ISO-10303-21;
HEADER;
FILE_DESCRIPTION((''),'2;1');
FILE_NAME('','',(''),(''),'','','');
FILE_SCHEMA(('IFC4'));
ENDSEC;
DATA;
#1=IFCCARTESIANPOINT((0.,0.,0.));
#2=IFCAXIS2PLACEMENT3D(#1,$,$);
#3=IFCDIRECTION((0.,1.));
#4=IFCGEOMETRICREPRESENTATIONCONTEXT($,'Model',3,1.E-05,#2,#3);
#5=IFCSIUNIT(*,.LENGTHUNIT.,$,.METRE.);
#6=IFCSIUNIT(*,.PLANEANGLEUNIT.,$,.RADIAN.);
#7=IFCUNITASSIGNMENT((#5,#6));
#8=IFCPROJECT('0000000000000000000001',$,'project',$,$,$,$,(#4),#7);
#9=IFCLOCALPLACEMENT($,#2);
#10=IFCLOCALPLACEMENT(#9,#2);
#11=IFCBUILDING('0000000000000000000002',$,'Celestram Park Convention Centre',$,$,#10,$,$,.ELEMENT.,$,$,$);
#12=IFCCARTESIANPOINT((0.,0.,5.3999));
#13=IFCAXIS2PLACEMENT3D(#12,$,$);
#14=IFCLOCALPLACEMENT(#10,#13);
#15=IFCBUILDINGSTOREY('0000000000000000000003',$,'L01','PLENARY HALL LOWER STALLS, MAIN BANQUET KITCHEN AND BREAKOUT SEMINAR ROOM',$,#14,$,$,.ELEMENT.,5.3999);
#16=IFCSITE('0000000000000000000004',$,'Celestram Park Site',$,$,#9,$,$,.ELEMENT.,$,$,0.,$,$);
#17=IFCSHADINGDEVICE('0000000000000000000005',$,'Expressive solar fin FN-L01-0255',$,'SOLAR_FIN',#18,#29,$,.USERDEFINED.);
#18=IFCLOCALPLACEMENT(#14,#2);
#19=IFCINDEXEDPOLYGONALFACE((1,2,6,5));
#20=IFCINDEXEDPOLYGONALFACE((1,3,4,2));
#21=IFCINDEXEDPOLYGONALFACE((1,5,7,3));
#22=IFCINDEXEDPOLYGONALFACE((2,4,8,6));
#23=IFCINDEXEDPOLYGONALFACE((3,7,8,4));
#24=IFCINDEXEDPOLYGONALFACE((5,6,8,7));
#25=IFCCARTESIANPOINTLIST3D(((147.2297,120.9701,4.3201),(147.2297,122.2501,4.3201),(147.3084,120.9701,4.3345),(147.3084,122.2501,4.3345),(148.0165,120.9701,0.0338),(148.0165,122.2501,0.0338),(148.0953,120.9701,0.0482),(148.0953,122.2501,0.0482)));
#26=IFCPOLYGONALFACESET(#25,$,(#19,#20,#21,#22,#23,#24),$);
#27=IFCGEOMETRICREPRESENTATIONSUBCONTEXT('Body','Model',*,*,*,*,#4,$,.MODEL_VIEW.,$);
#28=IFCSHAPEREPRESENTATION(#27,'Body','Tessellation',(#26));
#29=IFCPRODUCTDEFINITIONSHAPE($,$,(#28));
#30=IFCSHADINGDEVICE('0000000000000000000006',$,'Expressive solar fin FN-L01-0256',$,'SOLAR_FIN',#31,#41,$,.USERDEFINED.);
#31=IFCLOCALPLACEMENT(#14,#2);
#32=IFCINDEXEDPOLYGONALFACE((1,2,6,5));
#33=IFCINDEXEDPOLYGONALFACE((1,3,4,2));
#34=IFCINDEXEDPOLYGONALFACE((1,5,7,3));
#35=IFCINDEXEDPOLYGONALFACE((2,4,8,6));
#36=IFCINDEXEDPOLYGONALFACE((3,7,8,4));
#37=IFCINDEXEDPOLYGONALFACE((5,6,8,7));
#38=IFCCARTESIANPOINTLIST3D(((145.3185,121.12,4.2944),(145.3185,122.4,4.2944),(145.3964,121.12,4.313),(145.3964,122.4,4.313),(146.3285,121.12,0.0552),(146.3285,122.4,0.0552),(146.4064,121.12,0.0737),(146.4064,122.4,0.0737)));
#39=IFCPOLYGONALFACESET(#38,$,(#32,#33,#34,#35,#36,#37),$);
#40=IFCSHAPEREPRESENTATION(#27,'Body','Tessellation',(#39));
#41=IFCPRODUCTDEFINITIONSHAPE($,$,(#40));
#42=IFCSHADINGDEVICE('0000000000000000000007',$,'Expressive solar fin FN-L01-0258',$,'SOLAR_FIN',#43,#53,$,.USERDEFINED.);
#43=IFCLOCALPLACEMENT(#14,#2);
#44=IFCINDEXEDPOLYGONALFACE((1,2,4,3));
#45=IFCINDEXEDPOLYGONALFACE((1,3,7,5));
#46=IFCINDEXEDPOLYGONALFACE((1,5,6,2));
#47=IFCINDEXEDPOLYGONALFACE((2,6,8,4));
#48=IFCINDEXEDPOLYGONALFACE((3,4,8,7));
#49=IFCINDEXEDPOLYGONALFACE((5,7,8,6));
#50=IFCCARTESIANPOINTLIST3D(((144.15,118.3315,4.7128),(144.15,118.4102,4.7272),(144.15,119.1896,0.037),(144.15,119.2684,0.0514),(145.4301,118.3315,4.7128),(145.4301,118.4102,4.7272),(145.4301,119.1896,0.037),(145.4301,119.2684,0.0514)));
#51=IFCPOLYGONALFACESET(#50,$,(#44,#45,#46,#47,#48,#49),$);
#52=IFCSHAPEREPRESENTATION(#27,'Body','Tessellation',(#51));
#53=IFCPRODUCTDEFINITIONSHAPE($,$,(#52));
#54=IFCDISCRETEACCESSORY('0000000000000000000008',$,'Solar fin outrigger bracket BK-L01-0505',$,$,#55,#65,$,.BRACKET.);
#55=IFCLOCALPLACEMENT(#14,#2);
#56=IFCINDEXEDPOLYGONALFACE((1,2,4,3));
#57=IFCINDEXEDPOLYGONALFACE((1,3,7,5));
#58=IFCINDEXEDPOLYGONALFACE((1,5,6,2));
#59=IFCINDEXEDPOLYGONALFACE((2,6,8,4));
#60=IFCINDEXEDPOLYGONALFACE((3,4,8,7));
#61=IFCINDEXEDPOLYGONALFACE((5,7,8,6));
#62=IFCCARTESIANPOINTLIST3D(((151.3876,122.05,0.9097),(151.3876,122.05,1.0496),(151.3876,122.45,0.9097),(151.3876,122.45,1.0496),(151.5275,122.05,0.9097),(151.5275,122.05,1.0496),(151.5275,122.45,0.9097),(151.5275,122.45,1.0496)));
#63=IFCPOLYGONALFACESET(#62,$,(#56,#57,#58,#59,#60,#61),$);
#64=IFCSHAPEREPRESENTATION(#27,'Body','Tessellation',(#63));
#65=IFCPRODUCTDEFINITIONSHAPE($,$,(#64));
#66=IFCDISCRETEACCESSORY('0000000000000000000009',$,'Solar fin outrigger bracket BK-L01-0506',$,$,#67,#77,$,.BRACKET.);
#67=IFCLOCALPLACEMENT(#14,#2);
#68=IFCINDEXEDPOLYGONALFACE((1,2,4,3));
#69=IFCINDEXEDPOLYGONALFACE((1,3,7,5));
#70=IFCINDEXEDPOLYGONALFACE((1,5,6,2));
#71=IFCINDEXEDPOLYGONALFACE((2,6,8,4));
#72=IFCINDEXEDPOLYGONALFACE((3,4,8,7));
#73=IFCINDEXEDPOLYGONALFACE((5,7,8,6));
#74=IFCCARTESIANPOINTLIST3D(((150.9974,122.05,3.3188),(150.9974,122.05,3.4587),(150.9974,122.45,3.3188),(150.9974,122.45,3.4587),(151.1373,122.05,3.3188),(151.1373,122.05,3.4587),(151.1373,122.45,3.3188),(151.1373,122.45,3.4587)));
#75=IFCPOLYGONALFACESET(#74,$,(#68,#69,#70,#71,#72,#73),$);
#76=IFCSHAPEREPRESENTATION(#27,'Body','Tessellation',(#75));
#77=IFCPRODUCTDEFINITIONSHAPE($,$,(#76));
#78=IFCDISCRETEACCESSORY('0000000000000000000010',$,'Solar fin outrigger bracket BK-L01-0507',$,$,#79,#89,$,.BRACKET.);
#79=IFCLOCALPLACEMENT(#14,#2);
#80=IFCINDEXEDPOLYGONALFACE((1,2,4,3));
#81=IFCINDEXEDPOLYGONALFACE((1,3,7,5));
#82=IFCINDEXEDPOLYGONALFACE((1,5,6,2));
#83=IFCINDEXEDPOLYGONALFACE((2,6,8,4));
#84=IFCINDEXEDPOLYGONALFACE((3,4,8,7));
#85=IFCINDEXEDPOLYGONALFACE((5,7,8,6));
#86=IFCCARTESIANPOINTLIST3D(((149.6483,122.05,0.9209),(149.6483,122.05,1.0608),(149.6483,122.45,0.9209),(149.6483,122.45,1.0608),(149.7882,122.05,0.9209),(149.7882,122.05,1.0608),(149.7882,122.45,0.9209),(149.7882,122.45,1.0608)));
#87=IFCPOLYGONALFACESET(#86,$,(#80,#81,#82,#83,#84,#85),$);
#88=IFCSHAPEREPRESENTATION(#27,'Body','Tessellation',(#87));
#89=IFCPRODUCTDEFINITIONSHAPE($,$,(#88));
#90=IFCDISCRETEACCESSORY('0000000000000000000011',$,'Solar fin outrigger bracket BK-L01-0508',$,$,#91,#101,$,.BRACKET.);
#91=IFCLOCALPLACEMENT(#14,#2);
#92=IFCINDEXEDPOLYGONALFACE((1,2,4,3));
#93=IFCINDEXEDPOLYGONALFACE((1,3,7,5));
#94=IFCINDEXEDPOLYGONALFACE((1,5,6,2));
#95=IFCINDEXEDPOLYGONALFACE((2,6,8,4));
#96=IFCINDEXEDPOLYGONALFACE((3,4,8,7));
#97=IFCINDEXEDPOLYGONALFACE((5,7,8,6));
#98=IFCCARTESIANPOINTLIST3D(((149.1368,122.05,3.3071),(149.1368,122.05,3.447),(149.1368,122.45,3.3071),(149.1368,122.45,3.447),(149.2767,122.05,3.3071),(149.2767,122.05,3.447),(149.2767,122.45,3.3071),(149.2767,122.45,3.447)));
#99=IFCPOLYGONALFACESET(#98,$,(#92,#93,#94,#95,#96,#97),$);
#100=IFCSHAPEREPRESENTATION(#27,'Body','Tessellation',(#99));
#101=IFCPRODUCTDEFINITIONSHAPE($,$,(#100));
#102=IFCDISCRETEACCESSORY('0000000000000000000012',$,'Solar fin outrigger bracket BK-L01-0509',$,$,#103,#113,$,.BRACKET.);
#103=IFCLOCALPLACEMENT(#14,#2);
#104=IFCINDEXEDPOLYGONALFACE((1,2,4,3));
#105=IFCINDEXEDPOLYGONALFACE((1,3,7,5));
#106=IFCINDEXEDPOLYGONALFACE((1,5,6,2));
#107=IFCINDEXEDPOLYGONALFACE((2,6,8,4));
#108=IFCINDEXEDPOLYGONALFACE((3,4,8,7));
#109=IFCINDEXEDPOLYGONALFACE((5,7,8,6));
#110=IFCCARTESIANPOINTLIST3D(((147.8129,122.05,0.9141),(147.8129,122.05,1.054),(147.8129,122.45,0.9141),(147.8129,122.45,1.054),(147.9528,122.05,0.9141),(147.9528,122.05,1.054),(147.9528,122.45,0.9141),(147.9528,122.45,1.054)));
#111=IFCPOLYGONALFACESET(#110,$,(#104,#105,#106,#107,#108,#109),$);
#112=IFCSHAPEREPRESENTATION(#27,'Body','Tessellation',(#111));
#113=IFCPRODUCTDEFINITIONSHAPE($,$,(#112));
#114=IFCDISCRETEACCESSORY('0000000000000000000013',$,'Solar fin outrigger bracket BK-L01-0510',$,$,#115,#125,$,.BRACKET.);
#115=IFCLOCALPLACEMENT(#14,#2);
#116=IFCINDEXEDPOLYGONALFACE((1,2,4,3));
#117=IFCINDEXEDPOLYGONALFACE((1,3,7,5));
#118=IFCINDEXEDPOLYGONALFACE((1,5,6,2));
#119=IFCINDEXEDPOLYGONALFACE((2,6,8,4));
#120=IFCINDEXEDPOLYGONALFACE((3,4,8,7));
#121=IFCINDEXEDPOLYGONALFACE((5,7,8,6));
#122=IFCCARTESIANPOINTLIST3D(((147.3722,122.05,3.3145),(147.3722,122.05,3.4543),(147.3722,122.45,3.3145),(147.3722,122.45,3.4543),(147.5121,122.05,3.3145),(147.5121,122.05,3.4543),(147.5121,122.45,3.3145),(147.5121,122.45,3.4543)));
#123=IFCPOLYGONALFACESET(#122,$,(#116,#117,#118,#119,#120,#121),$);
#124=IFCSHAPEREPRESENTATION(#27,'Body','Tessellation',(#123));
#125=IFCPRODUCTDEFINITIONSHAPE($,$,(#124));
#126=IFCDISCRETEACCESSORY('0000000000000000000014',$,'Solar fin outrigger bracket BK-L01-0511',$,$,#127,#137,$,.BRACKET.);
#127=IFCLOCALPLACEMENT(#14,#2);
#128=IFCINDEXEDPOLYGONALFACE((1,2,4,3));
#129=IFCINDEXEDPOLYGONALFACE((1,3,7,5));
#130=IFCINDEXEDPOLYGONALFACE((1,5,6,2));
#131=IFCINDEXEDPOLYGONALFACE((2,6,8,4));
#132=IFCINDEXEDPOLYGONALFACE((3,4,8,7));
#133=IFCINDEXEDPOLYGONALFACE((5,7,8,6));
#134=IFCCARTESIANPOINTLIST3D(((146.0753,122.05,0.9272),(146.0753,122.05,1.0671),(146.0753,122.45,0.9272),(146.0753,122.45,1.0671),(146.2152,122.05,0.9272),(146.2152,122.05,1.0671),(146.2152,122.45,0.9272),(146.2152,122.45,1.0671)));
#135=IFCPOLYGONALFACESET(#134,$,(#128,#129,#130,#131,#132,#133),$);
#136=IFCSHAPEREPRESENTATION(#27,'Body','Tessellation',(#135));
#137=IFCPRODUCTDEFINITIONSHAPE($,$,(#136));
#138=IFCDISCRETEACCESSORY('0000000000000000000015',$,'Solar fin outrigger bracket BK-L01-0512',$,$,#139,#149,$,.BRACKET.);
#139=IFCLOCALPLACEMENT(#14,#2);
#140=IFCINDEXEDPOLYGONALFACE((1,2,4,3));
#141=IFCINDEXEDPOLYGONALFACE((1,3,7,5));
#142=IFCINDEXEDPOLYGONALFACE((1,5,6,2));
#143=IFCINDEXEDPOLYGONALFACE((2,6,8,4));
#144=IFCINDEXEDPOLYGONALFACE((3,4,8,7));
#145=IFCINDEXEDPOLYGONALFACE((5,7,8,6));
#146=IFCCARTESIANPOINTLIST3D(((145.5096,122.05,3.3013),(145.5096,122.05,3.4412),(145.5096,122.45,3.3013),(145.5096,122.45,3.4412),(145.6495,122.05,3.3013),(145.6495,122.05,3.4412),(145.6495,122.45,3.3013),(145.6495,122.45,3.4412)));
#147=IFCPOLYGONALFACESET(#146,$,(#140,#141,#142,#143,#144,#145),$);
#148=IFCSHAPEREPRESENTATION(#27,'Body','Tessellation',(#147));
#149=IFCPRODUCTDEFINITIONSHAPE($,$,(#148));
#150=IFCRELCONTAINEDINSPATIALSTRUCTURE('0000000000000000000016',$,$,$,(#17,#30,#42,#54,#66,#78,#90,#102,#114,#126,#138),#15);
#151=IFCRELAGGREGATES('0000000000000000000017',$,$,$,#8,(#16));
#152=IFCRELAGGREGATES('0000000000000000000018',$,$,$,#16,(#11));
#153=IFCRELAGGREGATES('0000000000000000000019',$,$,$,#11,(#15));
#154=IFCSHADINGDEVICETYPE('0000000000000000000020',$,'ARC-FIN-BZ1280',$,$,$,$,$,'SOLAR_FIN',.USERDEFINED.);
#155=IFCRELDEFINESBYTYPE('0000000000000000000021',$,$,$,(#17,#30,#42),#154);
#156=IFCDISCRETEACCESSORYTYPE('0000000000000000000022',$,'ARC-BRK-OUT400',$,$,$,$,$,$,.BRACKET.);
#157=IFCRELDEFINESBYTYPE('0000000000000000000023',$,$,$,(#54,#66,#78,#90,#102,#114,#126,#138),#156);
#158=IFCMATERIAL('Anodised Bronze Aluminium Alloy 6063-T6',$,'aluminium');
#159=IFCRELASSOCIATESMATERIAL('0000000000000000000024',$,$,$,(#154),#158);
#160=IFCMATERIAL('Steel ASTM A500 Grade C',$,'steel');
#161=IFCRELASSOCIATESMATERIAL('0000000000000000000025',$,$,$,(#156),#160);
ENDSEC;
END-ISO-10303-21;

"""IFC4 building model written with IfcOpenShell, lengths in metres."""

from ifc_helpers import new_model, si_unit, direction, frame, origin, origin_2d, place, context, subcontext, project, spatial, rectangle, extrude, material, material_profile, profile_set, type_object, element, save


model = new_model("IFC4")

# Units and contexts
model_context = context("Model", 3, precision=1e-05, world=origin(), true_north=direction((0.0, 1.0)))
body_context = subcontext(model_context, "Body", "Model", "MODEL_VIEW")
ifc_project = project(units=[si_unit("LENGTHUNIT", "METRE"), si_unit("PLANEANGLEUNIT", "RADIAN")], contexts=[model_context])

# Site, building, storey
site_placement = place(None, origin())
site = spatial("IfcSite", under=ifc_project, at=site_placement, Name="Celestram Park Site", CompositionType="ELEMENT", RefElevation=0.0)
building_placement = place(site_placement, origin())
building = spatial("IfcBuilding", under=site, at=building_placement, Name="Celestram Park Convention Centre", CompositionType="ELEMENT")
storey_placement = place(building_placement, frame((0.0, 0.0, 5.3999)))
storey = spatial("IfcBuildingStorey", under=building, at=storey_placement, Name="L01", Description="PLENARY HALL LOWER STALLS, MAIN BANQUET KITCHEN AND BREAKOUT SEMINAR ROOM", CompositionType="ELEMENT", Elevation=5.3999)

# Shading devices
ifc_material_1 = material(Name="Anodised Bronze Aluminium Alloy 6063-T6", Category="aluminium")
ifc_material_profile_1 = material_profile(ifc_material_1, rectangle(XDim=1.28, YDim=0.0801, at=origin_2d()), Name="FIN1280X80")
ifc_profile_set_1 = profile_set([ifc_material_profile_1], Name="Anodised Bronze Aluminium Alloy 6063-T6")
shading_device_type = type_object("IfcShadingDeviceType", Name="ARC-FIN-BZ1280", ElementType="SOLAR_FIN", PredefinedType="USERDEFINED", material=ifc_profile_set_1)
for number, where, z_axis, x_axis, name in (
    (1, (148.0559, 121.6101, 0.041), (-0.180556, 0.0, 0.983565), (0.0, -1.0, 0.0), "Expressive solar fin FN-L01-0255"),
    (2, (146.3674, 121.76, 0.0645), (-0.231764, 0.0, 0.972772), (0.0, -1.0, 0.0), "Expressive solar fin FN-L01-0256"),
):
    element("IfcShadingDevice", number, at=place(storey_placement, frame(where, z_axis=z_axis, x_axis=x_axis)), inside=storey, type_object=shading_device_type, Name=name, ObjectType="SOLAR_FIN", PredefinedType="USERDEFINED", context=body_context, shape_type="SweptSolid", body=[
        extrude(rectangle(XDim=1.28, YDim=0.0801, at=origin_2d()), origin(), (0.0, 0.0, 1.0), 4.3579),
    ])
shading_device_placement = place(storey_placement, frame((144.79, 119.229, 0.0442), z_axis=(0.0, -0.180517, 0.983572), x_axis=(1.0, 0.0, 0.0)))
element("IfcShadingDevice", 3, at=shading_device_placement, inside=storey, type_object=shading_device_type, Name="Expressive solar fin FN-L01-0258", ObjectType="SOLAR_FIN", PredefinedType="USERDEFINED", context=body_context, shape_type="SweptSolid", body=[
    extrude(rectangle(XDim=1.28, YDim=0.0801, at=origin_2d()), origin(), (0.0, 0.0, 1.0), 4.7539),
])

# Discrete accessories
ifc_material_2 = material(Name="Steel ASTM A500 Grade C", Category="steel")
discrete_accessory_type = type_object("IfcDiscreteAccessoryType", Name="ARC-BRK-OUT400", PredefinedType="BRACKET", material=ifc_material_2)
for number, where, z_axis, x_axis, name in (
    (4, (151.4575, 122.25, 0.9097), (0.0, 0.0, 1.0), (0.0, -1.0, 0.0), "Solar fin outrigger bracket BK-L01-0505"),
    (5, (151.0674, 122.25, 3.3188), (0.0, 0.0, 1.0), (0.0, -1.0, 0.0), "Solar fin outrigger bracket BK-L01-0506"),
    (6, (149.7183, 122.25, 0.9209), (0.0, 0.0, 1.0), (0.0, -1.0, 0.0), "Solar fin outrigger bracket BK-L01-0507"),
    (7, (149.2068, 122.25, 3.3071), (0.0, 0.0, 1.0), (0.0, -1.0, 0.0), "Solar fin outrigger bracket BK-L01-0508"),
    (8, (147.8828, 122.25, 0.9141), (0.0, 0.0, 1.0), (0.0, -1.0, 0.0), "Solar fin outrigger bracket BK-L01-0509"),
    (9, (147.4421, 122.25, 3.3145), (0.0, 0.0, 1.0), (0.0, -1.0, 0.0), "Solar fin outrigger bracket BK-L01-0510"),
    (10, (146.1453, 122.25, 0.9272), (0.0, 0.0, 1.0), (0.0, -1.0, 0.0), "Solar fin outrigger bracket BK-L01-0511"),
    (11, (145.5796, 122.25, 3.3013), (0.0, 0.0, 1.0), (0.0, -1.0, 0.0), "Solar fin outrigger bracket BK-L01-0512"),
):
    element("IfcDiscreteAccessory", number, at=place(storey_placement, frame(where, z_axis=z_axis, x_axis=x_axis)), inside=storey, type_object=discrete_accessory_type, Name=name, PredefinedType="BRACKET", context=body_context, shape_type="SweptSolid", body=[
        extrude(rectangle(XDim=0.3999, YDim=0.1399, at=origin_2d()), origin(), (0.0, 0.0, 1.0), 0.1399),
    ])

save(model, "model.ifc")
